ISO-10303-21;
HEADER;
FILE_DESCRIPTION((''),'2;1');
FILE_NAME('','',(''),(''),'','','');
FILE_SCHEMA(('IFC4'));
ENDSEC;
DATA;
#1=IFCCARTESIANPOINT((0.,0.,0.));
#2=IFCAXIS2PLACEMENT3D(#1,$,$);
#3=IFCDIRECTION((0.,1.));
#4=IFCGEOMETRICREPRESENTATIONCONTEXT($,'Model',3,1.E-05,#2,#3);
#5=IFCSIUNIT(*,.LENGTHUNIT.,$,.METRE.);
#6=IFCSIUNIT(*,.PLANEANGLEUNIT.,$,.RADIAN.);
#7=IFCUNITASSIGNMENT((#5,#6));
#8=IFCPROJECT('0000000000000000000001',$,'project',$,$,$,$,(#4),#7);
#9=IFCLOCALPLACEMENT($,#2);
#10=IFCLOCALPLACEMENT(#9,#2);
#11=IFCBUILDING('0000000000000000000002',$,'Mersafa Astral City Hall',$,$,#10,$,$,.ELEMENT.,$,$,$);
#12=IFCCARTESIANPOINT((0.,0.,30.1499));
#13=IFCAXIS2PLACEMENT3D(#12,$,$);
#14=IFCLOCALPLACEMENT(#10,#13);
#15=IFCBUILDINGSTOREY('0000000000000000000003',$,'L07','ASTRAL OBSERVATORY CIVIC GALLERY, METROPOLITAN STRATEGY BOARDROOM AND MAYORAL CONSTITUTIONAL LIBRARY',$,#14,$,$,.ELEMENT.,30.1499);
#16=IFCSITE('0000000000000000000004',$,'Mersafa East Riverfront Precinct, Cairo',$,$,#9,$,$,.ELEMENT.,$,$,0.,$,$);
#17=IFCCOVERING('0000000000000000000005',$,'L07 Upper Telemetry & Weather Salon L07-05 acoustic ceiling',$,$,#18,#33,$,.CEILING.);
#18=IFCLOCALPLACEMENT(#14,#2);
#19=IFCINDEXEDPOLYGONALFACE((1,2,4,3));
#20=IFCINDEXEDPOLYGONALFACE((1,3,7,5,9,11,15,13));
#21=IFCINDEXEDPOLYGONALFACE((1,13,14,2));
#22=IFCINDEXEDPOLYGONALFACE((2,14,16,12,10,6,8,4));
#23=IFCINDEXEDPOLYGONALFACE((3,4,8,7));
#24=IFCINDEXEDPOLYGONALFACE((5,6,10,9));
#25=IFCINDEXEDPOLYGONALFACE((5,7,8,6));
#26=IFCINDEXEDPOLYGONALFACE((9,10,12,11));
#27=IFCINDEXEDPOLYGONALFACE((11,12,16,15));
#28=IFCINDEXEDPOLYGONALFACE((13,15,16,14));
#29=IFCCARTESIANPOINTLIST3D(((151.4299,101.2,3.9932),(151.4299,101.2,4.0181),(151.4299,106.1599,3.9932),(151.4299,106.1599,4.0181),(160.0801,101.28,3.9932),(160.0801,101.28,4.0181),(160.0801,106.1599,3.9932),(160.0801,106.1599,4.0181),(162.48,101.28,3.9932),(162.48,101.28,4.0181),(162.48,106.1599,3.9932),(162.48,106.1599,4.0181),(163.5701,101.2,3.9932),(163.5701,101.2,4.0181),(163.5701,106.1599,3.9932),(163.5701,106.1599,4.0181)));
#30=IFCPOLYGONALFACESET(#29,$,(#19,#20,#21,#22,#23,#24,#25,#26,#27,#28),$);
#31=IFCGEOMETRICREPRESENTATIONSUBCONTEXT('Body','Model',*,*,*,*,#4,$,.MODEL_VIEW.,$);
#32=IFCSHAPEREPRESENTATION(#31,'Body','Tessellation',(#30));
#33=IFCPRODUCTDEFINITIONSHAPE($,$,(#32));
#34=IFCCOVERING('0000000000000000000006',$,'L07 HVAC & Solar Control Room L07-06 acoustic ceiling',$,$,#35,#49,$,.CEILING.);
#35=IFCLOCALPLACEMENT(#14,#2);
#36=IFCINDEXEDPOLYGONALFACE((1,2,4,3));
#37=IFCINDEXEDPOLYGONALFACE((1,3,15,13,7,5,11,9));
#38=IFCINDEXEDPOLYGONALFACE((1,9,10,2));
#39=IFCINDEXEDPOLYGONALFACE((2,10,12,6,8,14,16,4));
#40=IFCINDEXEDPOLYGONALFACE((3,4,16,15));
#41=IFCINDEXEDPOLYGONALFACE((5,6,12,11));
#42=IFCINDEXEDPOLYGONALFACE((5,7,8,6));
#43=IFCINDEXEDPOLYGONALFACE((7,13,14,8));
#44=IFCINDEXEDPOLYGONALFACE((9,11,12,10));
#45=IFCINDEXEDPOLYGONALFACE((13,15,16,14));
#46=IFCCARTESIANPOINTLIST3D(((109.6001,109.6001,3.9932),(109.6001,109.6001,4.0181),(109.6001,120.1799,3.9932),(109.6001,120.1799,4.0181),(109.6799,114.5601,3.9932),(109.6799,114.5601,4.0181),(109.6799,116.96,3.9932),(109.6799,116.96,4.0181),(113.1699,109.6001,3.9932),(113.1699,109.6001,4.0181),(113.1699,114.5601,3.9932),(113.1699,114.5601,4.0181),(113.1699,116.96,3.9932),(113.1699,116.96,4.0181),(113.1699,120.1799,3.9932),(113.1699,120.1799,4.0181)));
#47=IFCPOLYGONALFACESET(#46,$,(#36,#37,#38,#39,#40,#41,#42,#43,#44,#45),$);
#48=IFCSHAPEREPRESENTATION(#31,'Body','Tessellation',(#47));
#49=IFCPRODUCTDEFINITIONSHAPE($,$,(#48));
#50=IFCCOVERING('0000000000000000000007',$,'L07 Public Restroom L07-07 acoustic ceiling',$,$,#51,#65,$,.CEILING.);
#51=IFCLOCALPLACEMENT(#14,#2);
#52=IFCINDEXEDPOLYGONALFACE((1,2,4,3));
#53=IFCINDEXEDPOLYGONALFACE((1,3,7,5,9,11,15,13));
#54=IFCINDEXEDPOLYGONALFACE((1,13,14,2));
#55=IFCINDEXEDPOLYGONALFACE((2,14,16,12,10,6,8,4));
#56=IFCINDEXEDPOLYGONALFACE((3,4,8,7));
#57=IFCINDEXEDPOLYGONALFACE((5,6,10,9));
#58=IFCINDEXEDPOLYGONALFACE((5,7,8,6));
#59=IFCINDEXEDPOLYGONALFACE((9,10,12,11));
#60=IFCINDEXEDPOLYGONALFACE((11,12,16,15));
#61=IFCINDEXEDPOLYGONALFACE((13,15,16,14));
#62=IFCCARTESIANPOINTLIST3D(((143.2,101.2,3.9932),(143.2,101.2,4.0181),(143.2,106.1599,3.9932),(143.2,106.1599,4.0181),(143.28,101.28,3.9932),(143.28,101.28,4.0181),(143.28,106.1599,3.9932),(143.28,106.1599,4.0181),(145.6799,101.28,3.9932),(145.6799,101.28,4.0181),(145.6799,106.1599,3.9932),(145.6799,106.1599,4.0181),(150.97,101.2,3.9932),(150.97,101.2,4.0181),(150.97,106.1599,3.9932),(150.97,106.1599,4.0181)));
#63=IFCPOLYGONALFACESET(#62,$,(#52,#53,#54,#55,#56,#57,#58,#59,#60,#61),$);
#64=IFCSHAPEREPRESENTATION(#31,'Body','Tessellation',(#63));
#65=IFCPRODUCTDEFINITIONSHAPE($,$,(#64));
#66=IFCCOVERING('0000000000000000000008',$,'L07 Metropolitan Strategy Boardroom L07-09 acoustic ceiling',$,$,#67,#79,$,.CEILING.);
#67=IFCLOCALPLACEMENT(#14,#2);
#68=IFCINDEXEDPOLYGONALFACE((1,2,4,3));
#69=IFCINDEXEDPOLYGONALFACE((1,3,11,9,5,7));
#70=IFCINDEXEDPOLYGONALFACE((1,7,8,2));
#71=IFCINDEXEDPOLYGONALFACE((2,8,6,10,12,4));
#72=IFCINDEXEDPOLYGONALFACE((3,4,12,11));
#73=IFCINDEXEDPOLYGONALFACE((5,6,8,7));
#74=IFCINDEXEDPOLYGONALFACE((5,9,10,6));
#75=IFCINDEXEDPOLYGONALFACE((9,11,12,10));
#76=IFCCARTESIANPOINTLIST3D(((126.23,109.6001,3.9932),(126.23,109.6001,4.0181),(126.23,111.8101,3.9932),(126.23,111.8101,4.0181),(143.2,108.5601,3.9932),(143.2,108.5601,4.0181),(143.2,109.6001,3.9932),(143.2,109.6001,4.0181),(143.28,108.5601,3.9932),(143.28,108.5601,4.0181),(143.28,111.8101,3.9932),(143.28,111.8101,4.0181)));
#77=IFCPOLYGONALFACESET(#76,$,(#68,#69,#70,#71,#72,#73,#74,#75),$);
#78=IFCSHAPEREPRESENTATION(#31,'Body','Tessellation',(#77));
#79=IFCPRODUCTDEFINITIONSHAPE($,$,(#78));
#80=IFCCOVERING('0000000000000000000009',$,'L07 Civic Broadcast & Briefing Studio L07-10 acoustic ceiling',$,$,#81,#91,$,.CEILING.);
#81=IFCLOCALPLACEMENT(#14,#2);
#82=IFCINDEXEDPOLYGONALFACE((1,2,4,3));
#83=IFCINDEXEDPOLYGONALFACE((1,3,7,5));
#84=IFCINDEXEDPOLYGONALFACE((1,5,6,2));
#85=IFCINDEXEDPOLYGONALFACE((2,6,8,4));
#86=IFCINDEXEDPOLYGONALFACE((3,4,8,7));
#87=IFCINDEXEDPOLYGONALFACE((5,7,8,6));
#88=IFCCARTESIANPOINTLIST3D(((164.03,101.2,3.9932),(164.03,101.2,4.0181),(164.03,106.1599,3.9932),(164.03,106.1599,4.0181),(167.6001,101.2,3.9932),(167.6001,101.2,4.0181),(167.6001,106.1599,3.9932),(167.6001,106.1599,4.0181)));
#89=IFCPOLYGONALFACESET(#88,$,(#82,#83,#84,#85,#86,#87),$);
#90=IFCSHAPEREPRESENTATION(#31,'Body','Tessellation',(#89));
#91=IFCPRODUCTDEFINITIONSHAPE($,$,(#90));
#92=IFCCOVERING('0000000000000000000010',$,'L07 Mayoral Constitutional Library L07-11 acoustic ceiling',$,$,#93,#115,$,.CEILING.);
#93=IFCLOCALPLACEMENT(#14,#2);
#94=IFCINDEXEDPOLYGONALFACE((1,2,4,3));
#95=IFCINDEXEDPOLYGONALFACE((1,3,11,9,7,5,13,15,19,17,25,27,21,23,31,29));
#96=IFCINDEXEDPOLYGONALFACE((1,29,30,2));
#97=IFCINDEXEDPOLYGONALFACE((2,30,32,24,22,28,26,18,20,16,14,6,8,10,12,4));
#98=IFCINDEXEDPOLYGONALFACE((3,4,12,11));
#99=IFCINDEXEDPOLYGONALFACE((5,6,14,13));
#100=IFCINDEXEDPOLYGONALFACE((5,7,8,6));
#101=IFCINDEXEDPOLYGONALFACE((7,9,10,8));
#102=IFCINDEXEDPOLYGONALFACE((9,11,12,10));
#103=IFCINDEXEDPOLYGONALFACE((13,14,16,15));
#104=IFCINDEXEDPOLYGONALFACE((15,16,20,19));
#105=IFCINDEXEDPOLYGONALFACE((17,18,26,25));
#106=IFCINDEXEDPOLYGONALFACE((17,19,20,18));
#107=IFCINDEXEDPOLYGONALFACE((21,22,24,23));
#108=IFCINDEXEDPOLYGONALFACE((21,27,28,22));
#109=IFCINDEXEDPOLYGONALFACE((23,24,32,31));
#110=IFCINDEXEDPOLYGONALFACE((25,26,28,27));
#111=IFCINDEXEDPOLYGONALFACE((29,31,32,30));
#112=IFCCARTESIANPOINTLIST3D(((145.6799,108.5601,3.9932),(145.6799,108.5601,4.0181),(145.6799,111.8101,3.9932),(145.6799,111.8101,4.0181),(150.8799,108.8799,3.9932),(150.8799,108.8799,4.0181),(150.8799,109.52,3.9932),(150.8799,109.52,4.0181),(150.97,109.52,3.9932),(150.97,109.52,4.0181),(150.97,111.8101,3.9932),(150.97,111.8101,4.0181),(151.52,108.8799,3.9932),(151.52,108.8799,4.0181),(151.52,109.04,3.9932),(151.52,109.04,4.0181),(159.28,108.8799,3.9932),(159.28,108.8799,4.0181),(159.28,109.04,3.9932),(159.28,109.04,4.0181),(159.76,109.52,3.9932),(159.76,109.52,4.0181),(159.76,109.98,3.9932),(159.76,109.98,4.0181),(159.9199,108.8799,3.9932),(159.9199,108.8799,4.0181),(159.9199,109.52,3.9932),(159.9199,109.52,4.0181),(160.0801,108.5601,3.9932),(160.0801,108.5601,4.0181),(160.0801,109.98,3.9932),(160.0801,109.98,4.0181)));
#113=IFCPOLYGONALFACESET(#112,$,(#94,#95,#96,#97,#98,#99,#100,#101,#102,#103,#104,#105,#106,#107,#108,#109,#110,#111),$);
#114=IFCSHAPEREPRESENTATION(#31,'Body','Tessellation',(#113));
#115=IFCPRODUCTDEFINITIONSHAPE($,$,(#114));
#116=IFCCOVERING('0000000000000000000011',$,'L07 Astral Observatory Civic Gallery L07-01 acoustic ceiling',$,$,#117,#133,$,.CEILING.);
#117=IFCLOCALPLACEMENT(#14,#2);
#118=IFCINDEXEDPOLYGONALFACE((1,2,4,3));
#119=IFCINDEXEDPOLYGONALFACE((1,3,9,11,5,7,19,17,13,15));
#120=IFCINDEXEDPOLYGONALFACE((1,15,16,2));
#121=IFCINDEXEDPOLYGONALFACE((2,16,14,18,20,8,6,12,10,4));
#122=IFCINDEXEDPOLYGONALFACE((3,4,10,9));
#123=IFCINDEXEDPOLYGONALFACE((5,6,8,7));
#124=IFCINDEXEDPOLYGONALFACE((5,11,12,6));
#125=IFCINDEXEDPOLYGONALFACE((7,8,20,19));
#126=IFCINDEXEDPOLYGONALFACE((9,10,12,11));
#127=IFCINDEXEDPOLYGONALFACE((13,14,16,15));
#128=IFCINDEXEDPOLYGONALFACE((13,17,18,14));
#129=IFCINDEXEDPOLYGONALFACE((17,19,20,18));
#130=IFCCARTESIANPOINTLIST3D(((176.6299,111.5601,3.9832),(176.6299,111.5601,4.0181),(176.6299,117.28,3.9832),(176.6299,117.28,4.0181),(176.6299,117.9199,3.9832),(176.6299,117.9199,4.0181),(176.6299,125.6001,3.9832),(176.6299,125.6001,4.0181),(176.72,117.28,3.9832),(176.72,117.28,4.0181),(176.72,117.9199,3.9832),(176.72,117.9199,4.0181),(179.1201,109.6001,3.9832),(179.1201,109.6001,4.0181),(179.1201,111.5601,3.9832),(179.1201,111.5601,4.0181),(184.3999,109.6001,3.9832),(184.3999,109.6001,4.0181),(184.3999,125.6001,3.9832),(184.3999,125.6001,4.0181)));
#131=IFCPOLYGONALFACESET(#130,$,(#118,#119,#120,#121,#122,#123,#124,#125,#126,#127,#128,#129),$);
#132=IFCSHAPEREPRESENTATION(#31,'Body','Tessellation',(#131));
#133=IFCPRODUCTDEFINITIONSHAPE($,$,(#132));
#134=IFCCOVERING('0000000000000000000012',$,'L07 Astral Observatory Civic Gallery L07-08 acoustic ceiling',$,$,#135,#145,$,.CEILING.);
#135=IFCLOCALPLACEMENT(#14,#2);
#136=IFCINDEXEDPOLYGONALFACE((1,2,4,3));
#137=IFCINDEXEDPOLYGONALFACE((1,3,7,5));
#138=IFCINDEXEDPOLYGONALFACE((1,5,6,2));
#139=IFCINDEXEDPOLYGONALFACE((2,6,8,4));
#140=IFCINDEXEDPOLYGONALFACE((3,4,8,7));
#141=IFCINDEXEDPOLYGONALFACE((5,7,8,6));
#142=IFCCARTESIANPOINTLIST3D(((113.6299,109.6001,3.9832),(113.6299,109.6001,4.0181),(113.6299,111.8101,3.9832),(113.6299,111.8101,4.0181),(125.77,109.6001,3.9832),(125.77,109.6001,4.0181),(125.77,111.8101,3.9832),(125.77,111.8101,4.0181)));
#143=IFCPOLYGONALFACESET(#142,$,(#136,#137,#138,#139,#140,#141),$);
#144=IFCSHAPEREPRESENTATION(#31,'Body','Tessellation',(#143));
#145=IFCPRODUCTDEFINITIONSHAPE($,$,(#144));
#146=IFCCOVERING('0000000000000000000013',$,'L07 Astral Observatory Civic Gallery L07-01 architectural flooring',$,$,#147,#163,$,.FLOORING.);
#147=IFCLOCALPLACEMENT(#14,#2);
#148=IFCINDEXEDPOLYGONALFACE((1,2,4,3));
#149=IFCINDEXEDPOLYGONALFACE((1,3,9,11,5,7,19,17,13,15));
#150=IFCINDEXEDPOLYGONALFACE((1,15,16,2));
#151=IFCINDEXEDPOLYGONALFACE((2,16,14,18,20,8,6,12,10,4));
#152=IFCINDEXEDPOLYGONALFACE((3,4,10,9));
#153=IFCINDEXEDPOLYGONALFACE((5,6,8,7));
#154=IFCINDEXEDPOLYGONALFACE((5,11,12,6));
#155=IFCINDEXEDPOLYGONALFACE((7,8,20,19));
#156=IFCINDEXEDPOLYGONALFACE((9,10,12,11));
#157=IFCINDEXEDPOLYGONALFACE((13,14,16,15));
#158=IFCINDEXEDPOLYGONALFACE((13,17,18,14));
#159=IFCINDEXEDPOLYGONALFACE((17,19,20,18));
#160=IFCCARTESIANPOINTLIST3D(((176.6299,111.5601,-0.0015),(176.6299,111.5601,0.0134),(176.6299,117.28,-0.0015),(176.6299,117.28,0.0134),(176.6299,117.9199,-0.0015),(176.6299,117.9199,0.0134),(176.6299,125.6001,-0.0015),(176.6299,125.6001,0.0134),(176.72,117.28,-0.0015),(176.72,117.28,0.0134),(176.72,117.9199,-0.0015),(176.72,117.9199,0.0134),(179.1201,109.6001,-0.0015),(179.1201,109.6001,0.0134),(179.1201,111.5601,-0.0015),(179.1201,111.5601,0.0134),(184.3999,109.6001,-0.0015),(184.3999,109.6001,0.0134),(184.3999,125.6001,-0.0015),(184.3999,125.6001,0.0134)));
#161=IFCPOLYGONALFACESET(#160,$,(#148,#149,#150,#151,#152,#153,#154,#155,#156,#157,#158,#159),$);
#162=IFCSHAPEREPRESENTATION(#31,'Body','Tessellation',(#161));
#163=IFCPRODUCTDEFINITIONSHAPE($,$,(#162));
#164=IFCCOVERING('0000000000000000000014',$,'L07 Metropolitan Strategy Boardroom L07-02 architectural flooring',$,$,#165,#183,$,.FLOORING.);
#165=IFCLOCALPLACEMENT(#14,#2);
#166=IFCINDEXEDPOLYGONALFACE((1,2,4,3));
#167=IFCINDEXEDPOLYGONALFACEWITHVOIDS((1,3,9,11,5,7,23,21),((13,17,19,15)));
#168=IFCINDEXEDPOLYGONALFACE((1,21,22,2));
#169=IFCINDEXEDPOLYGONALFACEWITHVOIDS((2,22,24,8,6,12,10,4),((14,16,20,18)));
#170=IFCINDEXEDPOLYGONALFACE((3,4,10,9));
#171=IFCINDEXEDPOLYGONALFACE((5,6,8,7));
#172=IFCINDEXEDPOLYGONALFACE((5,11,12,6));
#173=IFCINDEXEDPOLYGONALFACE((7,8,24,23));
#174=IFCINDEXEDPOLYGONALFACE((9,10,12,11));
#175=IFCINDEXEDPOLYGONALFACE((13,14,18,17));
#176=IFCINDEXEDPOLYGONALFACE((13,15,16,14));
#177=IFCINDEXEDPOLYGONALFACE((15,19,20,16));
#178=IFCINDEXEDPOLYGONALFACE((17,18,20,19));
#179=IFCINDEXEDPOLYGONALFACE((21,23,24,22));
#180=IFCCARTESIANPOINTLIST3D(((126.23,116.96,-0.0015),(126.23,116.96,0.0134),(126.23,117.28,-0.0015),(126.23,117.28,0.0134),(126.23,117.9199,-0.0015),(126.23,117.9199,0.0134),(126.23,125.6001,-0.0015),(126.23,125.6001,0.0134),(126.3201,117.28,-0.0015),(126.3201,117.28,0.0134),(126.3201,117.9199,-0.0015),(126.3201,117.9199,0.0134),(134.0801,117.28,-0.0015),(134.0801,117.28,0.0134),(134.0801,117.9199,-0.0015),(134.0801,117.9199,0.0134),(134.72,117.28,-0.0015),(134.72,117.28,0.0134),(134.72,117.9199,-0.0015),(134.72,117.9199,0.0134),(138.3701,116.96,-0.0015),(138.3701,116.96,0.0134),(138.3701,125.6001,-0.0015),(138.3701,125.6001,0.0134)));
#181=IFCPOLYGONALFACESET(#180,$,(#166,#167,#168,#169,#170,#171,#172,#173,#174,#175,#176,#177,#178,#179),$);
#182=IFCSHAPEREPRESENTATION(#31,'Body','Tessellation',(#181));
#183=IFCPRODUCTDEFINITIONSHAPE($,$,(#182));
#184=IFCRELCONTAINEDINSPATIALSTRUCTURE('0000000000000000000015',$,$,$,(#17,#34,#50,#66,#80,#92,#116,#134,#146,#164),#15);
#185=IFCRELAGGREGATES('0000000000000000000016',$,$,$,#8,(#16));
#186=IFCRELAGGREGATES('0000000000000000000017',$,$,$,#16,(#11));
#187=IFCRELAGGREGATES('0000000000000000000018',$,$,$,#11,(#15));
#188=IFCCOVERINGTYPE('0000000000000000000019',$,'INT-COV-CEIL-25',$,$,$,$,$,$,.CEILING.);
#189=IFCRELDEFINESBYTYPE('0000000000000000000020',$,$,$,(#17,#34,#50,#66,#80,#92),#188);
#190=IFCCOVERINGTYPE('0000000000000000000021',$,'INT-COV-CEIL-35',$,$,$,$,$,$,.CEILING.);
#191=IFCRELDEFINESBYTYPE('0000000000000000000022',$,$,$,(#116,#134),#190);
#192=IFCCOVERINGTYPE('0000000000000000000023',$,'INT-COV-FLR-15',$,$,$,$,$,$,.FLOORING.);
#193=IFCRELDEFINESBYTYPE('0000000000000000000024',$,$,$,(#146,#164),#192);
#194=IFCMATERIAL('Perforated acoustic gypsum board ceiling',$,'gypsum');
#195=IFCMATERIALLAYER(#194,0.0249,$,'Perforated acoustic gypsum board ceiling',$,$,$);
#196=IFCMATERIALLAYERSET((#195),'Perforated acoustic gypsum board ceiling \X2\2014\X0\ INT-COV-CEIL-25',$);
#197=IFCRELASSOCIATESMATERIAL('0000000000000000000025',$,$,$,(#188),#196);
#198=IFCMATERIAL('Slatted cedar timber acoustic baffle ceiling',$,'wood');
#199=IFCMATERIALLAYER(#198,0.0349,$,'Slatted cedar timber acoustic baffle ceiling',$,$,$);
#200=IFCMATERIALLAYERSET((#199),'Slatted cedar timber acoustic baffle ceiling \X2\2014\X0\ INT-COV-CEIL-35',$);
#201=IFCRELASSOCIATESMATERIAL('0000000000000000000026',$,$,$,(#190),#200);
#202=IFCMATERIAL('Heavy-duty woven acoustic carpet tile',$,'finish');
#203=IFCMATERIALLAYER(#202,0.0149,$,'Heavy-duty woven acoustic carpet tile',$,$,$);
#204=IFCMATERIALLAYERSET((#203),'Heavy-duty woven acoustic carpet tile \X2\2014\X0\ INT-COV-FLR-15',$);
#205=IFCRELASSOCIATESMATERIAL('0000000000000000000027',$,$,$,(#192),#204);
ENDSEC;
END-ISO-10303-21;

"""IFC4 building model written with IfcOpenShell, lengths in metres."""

from ifc_helpers import new_model, si_unit, direction, frame, origin, place, context, subcontext, project, spatial, polyline, outline, extrude, material, layer, layer_set, type_object, element, save


model = new_model("IFC4")

# Units and contexts
model_context = context("Model", 3, precision=1e-05, world=origin(), true_north=direction((0.0, 1.0)))
body_context = subcontext(model_context, "Body", "Model", "MODEL_VIEW")
ifc_project = project(units=[si_unit("LENGTHUNIT", "METRE"), si_unit("PLANEANGLEUNIT", "RADIAN")], contexts=[model_context])

# Site, building, storey
site_placement = place(None, origin())
site = spatial("IfcSite", under=ifc_project, at=site_placement, Name="Mersafa East Riverfront Precinct, Cairo", CompositionType="ELEMENT", RefElevation=0.0)
building_placement = place(site_placement, origin())
building = spatial("IfcBuilding", under=site, at=building_placement, Name="Mersafa Astral City Hall", CompositionType="ELEMENT")
storey_placement = place(building_placement, frame((0.0, 0.0, 30.1499)))
storey = spatial("IfcBuildingStorey", under=building, at=storey_placement, Name="L07", Description="ASTRAL OBSERVATORY CIVIC GALLERY, METROPOLITAN STRATEGY BOARDROOM AND MAYORAL CONSTITUTIONAL LIBRARY", CompositionType="ELEMENT", Elevation=30.1499)

# Coverings
ifc_material_1 = material(Name="Perforated acoustic gypsum board ceiling", Category="gypsum")
ifc_layer_1 = layer(ifc_material_1, 0.0249, Name="Perforated acoustic gypsum board ceiling")
ifc_layer_set_1 = layer_set([ifc_layer_1], Name="Perforated acoustic gypsum board ceiling — INT-COV-CEIL-25")
covering_type_1 = type_object("IfcCoveringType", Name="INT-COV-CEIL-25", PredefinedType="CEILING", material=ifc_layer_set_1)
covering_1_placement = place(storey_placement, frame((0.0, 0.0, 3.9932)))
element("IfcCovering", 1, at=covering_1_placement, inside=storey, type_object=covering_type_1, Name="L07 Upper Telemetry & Weather Salon L07-05 acoustic ceiling", PredefinedType="CEILING", context=body_context, shape_type="SweptSolid", body=[
    extrude(outline(polyline([(160.0801, 106.1599), (160.0801, 101.28), (162.48, 101.28), (162.48, 106.1599), (163.5701, 106.1599), (163.5701, 101.2), (151.4299, 101.2), (151.4299, 106.1599), (160.0801, 106.1599)])), origin(), (0.0, 0.0, 1.0), 0.0249),
])
covering_2_placement = place(storey_placement, frame((0.0, 0.0, 3.9932)))
element("IfcCovering", 2, at=covering_2_placement, inside=storey, type_object=covering_type_1, Name="L07 HVAC & Solar Control Room L07-06 acoustic ceiling", PredefinedType="CEILING", context=body_context, shape_type="SweptSolid", body=[
    extrude(outline(polyline([(113.1699, 116.96), (109.6799, 116.96), (109.6799, 114.5601), (113.1699, 114.5601), (113.1699, 109.6001), (109.6001, 109.6001), (109.6001, 120.1799), (113.1699, 120.1799), (113.1699, 116.96)])), origin(), (0.0, 0.0, 1.0), 0.0249),
])
covering_3_placement = place(storey_placement, frame((0.0, 0.0, 3.9932)))
element("IfcCovering", 3, at=covering_3_placement, inside=storey, type_object=covering_type_1, Name="L07 Public Restroom L07-07 acoustic ceiling", PredefinedType="CEILING", context=body_context, shape_type="SweptSolid", body=[
    extrude(outline(polyline([(143.28, 106.1599), (143.28, 101.28), (145.6799, 101.28), (145.6799, 106.1599), (150.97, 106.1599), (150.97, 101.2), (143.2, 101.2), (143.2, 106.1599), (143.28, 106.1599)])), origin(), (0.0, 0.0, 1.0), 0.0249),
])
covering_4_placement = place(storey_placement, frame((0.0, 0.0, 3.9932)))
element("IfcCovering", 4, at=covering_4_placement, inside=storey, type_object=covering_type_1, Name="L07 Metropolitan Strategy Boardroom L07-09 acoustic ceiling", PredefinedType="CEILING", context=body_context, shape_type="SweptSolid", body=[
    extrude(outline(polyline([(126.23, 109.6001), (126.23, 111.8101), (143.28, 111.8101), (143.28, 108.5601), (143.2, 108.5601), (143.2, 109.6001), (126.23, 109.6001)])), origin(), (0.0, 0.0, 1.0), 0.0249),
])
covering_5_placement = place(storey_placement, frame((0.0, 0.0, 3.9932)))
element("IfcCovering", 5, at=covering_5_placement, inside=storey, type_object=covering_type_1, Name="L07 Civic Broadcast & Briefing Studio L07-10 acoustic ceiling", PredefinedType="CEILING", context=body_context, shape_type="SweptSolid", body=[
    extrude(outline(polyline([(167.6001, 106.1599), (167.6001, 101.2), (164.03, 101.2), (164.03, 106.1599), (167.6001, 106.1599)])), origin(), (0.0, 0.0, 1.0), 0.0249),
])
covering_6_placement = place(storey_placement, frame((0.0, 0.0, 3.9932)))
element("IfcCovering", 6, at=covering_6_placement, inside=storey, type_object=covering_type_1, Name="L07 Mayoral Constitutional Library L07-11 acoustic ceiling", PredefinedType="CEILING", context=body_context, shape_type="SweptSolid", body=[
    extrude(outline(polyline([(150.97, 111.8101), (150.97, 109.52), (150.8799, 109.52), (150.8799, 108.8799), (151.52, 108.8799), (151.52, 109.04), (159.28, 109.04), (159.28, 108.8799), (159.9199, 108.8799), (159.9199, 109.52), (159.76, 109.52), (159.76, 109.98), (160.0801, 109.98), (160.0801, 108.5601), (145.6799, 108.5601), (145.6799, 111.8101), (150.97, 111.8101)])), origin(), (0.0, 0.0, 1.0), 0.0249),
])
ifc_material_2 = material(Name="Slatted cedar timber acoustic baffle ceiling", Category="wood")
ifc_layer_2 = layer(ifc_material_2, 0.0349, Name="Slatted cedar timber acoustic baffle ceiling")
ifc_layer_set_2 = layer_set([ifc_layer_2], Name="Slatted cedar timber acoustic baffle ceiling — INT-COV-CEIL-35")
covering_type_2 = type_object("IfcCoveringType", Name="INT-COV-CEIL-35", PredefinedType="CEILING", material=ifc_layer_set_2)
covering_7_placement = place(storey_placement, frame((0.0, 0.0, 3.9832)))
element("IfcCovering", 7, at=covering_7_placement, inside=storey, type_object=covering_type_2, Name="L07 Astral Observatory Civic Gallery L07-01 acoustic ceiling", PredefinedType="CEILING", context=body_context, shape_type="SweptSolid", body=[
    extrude(outline(polyline([(176.72, 117.28), (176.72, 117.9199), (176.6299, 117.9199), (176.6299, 125.6001), (184.3999, 125.6001), (184.3999, 109.6001), (179.1201, 109.6001), (179.1201, 111.5601), (176.6299, 111.5601), (176.6299, 117.28), (176.72, 117.28)])), origin(), (0.0, 0.0, 1.0), 0.0349),
])
covering_8_placement = place(storey_placement, frame((0.0, 0.0, 3.9832)))
element("IfcCovering", 8, at=covering_8_placement, inside=storey, type_object=covering_type_2, Name="L07 Astral Observatory Civic Gallery L07-08 acoustic ceiling", PredefinedType="CEILING", context=body_context, shape_type="SweptSolid", body=[
    extrude(outline(polyline([(113.6299, 109.6001), (113.6299, 111.8101), (125.77, 111.8101), (125.77, 109.6001), (113.6299, 109.6001)])), origin(), (0.0, 0.0, 1.0), 0.0349),
])
ifc_material_3 = material(Name="Heavy-duty woven acoustic carpet tile", Category="finish")
ifc_layer_3 = layer(ifc_material_3, 0.0149, Name="Heavy-duty woven acoustic carpet tile")
ifc_layer_set_3 = layer_set([ifc_layer_3], Name="Heavy-duty woven acoustic carpet tile — INT-COV-FLR-15")
covering_type_3 = type_object("IfcCoveringType", Name="INT-COV-FLR-15", PredefinedType="FLOORING", material=ifc_layer_set_3)
covering_9_placement = place(storey_placement, frame((0.0, 0.0, -0.0015)))
element("IfcCovering", 9, at=covering_9_placement, inside=storey, type_object=covering_type_3, Name="L07 Astral Observatory Civic Gallery L07-01 architectural flooring", PredefinedType="FLOORING", context=body_context, shape_type="SweptSolid", body=[
    extrude(outline(polyline([(176.72, 117.28), (176.72, 117.9199), (176.6299, 117.9199), (176.6299, 125.6001), (184.3999, 125.6001), (184.3999, 109.6001), (179.1201, 109.6001), (179.1201, 111.5601), (176.6299, 111.5601), (176.6299, 117.28), (176.72, 117.28)])), origin(), (0.0, 0.0, 1.0), 0.0149),
])
covering_10_placement = place(storey_placement, frame((0.0, 0.0, -0.0015)))
element("IfcCovering", 10, at=covering_10_placement, inside=storey, type_object=covering_type_3, Name="L07 Metropolitan Strategy Boardroom L07-02 architectural flooring", PredefinedType="FLOORING", context=body_context, shape_type="SweptSolid", body=[
    extrude(outline(polyline([(126.3201, 117.28), (126.3201, 117.9199), (126.23, 117.9199), (126.23, 125.6001), (138.3701, 125.6001), (138.3701, 116.96), (126.23, 116.96), (126.23, 117.28), (126.3201, 117.28)]), holes=[polyline([(134.72, 117.9199), (134.0801, 117.9199), (134.0801, 117.28), (134.72, 117.28), (134.72, 117.9199)])]), origin(), (0.0, 0.0, 1.0), 0.0149),
])

save(model, "model.ifc")
